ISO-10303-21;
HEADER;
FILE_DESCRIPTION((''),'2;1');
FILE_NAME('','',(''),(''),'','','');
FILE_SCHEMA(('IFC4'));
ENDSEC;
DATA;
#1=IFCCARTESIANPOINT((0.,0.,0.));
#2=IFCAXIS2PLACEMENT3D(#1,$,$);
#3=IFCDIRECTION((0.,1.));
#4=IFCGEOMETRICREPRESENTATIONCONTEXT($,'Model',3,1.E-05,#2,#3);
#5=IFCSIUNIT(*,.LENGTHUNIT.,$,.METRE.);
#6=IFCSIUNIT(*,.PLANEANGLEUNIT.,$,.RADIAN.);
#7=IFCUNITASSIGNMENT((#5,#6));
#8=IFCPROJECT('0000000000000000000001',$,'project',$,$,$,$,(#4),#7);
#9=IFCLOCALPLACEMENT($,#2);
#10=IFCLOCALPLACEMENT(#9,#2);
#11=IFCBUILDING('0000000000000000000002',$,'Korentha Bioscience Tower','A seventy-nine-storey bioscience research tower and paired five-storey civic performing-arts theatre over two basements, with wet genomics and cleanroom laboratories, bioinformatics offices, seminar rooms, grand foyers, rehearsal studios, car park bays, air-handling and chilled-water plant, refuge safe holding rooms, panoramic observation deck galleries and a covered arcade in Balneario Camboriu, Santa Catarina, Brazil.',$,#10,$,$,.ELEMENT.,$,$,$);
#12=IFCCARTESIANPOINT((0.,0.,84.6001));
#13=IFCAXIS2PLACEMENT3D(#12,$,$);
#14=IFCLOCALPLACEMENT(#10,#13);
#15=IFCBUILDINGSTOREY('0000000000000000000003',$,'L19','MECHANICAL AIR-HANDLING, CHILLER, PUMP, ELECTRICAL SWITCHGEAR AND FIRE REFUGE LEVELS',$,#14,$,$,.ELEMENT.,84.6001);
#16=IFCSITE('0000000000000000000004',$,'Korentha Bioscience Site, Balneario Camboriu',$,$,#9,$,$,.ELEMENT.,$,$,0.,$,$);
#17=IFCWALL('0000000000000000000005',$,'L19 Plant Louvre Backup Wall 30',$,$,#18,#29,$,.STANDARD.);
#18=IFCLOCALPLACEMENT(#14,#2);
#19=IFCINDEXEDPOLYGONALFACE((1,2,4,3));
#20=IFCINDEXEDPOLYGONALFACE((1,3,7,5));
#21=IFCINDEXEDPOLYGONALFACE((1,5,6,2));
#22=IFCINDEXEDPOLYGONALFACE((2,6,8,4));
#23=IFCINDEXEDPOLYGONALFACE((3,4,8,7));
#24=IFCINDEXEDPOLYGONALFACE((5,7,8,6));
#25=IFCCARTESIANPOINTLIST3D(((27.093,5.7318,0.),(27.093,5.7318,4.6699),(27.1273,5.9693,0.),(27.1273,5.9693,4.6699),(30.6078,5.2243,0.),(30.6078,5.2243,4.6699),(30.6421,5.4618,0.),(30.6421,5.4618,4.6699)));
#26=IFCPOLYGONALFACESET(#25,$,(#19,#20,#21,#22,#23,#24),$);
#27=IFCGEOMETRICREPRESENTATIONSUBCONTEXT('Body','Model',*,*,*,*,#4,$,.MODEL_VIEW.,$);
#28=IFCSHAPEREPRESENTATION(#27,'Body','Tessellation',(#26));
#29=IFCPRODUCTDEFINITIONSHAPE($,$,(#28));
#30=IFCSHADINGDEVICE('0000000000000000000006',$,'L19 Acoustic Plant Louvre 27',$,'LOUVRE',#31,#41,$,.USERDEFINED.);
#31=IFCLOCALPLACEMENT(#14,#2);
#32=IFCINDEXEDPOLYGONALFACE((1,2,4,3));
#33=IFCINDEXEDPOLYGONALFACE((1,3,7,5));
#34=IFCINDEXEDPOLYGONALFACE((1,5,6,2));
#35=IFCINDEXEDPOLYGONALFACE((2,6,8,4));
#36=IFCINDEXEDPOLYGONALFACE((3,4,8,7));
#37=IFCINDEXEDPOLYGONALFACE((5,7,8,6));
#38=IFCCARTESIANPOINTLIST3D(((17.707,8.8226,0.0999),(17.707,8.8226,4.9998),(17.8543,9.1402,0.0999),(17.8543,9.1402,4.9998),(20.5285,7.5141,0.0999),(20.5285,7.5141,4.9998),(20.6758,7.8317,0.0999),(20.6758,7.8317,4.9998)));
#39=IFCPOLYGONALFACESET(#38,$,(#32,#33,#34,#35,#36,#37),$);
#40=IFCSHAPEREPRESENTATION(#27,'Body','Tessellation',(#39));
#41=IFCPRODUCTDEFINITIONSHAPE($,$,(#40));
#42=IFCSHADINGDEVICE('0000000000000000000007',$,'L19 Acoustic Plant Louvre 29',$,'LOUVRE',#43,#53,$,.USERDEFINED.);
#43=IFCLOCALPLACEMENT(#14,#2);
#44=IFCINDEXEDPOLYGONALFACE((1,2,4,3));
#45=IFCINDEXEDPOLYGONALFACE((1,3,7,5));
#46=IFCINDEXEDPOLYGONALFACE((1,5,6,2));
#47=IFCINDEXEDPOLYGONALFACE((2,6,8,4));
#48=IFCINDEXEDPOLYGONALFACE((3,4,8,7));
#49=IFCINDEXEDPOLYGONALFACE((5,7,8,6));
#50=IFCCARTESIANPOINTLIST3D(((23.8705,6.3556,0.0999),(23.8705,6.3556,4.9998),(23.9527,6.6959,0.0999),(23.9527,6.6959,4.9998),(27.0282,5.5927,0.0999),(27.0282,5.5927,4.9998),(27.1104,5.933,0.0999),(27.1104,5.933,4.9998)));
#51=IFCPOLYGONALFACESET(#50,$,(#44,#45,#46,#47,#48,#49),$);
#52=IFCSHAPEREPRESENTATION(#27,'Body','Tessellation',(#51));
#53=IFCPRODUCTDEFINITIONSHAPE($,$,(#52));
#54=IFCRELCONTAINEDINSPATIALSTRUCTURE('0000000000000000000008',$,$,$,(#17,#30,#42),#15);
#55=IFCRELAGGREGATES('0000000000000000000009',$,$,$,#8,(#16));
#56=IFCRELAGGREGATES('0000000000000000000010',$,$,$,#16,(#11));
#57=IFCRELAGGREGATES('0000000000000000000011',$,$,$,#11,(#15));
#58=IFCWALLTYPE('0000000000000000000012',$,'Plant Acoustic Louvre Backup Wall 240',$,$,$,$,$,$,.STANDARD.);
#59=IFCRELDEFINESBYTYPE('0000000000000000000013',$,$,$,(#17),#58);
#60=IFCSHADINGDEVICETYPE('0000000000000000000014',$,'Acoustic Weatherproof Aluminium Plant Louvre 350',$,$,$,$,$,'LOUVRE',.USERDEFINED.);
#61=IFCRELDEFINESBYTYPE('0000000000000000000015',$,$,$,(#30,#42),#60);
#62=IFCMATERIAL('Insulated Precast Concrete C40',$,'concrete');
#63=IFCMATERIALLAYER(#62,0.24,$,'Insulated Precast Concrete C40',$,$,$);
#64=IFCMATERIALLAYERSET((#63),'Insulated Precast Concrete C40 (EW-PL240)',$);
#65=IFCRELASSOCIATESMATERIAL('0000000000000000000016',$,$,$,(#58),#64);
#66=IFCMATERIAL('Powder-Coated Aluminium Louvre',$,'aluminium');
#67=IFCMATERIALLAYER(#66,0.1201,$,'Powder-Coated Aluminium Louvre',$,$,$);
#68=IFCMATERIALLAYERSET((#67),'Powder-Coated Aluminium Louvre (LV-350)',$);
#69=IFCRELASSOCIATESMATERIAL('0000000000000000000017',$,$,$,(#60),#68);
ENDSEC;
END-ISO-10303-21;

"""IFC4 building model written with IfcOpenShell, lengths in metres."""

from ifc_helpers import new_model, si_unit, direction, frame, frame_2d, origin, origin_2d, place, context, subcontext, project, spatial, rectangle, extrude, material, layer, layer_set, type_object, element, save


model = new_model("IFC4")

# Units and contexts
model_context = context("Model", 3, precision=1e-05, world=origin(), true_north=direction((0.0, 1.0)))
body_context = subcontext(model_context, "Body", "Model", "MODEL_VIEW")
ifc_project = project(units=[si_unit("LENGTHUNIT", "METRE"), si_unit("PLANEANGLEUNIT", "RADIAN")], contexts=[model_context])

# Site, building, storey
site_placement = place(None, origin())
site = spatial("IfcSite", under=ifc_project, at=site_placement, Name="Korentha Bioscience Site, Balneario Camboriu", CompositionType="ELEMENT", RefElevation=0.0)
building_placement = place(site_placement, origin())
building = spatial("IfcBuilding", under=site, at=building_placement, Name="Korentha Bioscience Tower", Description="A seventy-nine-storey bioscience research tower and paired five-storey civic performing-arts theatre over two basements, with wet genomics and cleanroom laboratories, bioinformatics offices, seminar rooms, grand foyers, rehearsal studios, car park bays, air-handling and chilled-water plant, refuge safe holding rooms, panoramic observation deck galleries and a covered arcade in Balneario Camboriu, Santa Catarina, Brazil.", CompositionType="ELEMENT")
storey_placement = place(building_placement, frame((0.0, 0.0, 84.6001)))
storey = spatial("IfcBuildingStorey", under=building, at=storey_placement, Name="L19", Description="MECHANICAL AIR-HANDLING, CHILLER, PUMP, ELECTRICAL SWITCHGEAR AND FIRE REFUGE LEVELS", CompositionType="ELEMENT", Elevation=84.6001)

# Wall
ifc_material_1 = material(Name="Insulated Precast Concrete C40", Category="concrete")
ifc_layer_1 = layer(ifc_material_1, 0.24, Name="Insulated Precast Concrete C40")
ifc_layer_set_1 = layer_set([ifc_layer_1], Name="Insulated Precast Concrete C40 (EW-PL240)")
wall_type_1 = type_object("IfcWallType", Name="Plant Acoustic Louvre Backup Wall 240", PredefinedType="STANDARD", material=ifc_layer_set_1)
wall_1_placement = place(storey_placement, frame((27.1101, 5.8506, 0.0), z_axis=(0.0, 0.0, 1.0), x_axis=(0.989734, -0.142923, 0.0)))
element("IfcWall", 1, at=wall_1_placement, inside=storey, type_object=wall_type_1, Name="L19 Plant Louvre Backup Wall 30", PredefinedType="STANDARD", context=body_context, shape_type="SweptSolid", body=[
    extrude(rectangle(XDim=3.5513, YDim=0.24, at=frame_2d((1.7756, 0.0))), origin(), (0.0, 0.0, 1.0), 4.6699),
])

# Shading devices
ifc_material_2 = material(Name="Powder-Coated Aluminium Louvre", Category="aluminium")
ifc_layer_2 = layer(ifc_material_2, 0.1201, Name="Powder-Coated Aluminium Louvre")
ifc_layer_set_2 = layer_set([ifc_layer_2], Name="Powder-Coated Aluminium Louvre (LV-350)")
shading_device_type = type_object("IfcShadingDeviceType", Name="Acoustic Weatherproof Aluminium Plant Louvre 350", ElementType="LOUVRE", PredefinedType="USERDEFINED", material=ifc_layer_set_2)
shading_device_1_placement = place(storey_placement, frame((19.1914, 8.3271, 0.0999), z_axis=(0.0, 0.0, 1.0), x_axis=(0.90719, -0.420721, 0.0)))
element("IfcShadingDevice", 2, at=shading_device_1_placement, inside=storey, type_object=shading_device_type, Name="L19 Acoustic Plant Louvre 27", ObjectType="LOUVRE", PredefinedType="USERDEFINED", context=body_context, shape_type="SweptSolid", body=[
    extrude(rectangle(XDim=3.1101, YDim=0.3501, at=origin_2d()), origin(), (0.0, 0.0, 1.0), 4.8999),
])
shading_device_2_placement = place(storey_placement, frame((25.4905, 6.1443, 0.0999), z_axis=(0.0, 0.0, 1.0), x_axis=(0.972038, -0.234824, 0.0)))
element("IfcShadingDevice", 3, at=shading_device_2_placement, inside=storey, type_object=shading_device_type, Name="L19 Acoustic Plant Louvre 29", ObjectType="LOUVRE", PredefinedType="USERDEFINED", context=body_context, shape_type="SweptSolid", body=[
    extrude(rectangle(XDim=3.2485, YDim=0.3501, at=origin_2d()), origin(), (0.0, 0.0, 1.0), 4.8999),
])

save(model, "model.ifc")
